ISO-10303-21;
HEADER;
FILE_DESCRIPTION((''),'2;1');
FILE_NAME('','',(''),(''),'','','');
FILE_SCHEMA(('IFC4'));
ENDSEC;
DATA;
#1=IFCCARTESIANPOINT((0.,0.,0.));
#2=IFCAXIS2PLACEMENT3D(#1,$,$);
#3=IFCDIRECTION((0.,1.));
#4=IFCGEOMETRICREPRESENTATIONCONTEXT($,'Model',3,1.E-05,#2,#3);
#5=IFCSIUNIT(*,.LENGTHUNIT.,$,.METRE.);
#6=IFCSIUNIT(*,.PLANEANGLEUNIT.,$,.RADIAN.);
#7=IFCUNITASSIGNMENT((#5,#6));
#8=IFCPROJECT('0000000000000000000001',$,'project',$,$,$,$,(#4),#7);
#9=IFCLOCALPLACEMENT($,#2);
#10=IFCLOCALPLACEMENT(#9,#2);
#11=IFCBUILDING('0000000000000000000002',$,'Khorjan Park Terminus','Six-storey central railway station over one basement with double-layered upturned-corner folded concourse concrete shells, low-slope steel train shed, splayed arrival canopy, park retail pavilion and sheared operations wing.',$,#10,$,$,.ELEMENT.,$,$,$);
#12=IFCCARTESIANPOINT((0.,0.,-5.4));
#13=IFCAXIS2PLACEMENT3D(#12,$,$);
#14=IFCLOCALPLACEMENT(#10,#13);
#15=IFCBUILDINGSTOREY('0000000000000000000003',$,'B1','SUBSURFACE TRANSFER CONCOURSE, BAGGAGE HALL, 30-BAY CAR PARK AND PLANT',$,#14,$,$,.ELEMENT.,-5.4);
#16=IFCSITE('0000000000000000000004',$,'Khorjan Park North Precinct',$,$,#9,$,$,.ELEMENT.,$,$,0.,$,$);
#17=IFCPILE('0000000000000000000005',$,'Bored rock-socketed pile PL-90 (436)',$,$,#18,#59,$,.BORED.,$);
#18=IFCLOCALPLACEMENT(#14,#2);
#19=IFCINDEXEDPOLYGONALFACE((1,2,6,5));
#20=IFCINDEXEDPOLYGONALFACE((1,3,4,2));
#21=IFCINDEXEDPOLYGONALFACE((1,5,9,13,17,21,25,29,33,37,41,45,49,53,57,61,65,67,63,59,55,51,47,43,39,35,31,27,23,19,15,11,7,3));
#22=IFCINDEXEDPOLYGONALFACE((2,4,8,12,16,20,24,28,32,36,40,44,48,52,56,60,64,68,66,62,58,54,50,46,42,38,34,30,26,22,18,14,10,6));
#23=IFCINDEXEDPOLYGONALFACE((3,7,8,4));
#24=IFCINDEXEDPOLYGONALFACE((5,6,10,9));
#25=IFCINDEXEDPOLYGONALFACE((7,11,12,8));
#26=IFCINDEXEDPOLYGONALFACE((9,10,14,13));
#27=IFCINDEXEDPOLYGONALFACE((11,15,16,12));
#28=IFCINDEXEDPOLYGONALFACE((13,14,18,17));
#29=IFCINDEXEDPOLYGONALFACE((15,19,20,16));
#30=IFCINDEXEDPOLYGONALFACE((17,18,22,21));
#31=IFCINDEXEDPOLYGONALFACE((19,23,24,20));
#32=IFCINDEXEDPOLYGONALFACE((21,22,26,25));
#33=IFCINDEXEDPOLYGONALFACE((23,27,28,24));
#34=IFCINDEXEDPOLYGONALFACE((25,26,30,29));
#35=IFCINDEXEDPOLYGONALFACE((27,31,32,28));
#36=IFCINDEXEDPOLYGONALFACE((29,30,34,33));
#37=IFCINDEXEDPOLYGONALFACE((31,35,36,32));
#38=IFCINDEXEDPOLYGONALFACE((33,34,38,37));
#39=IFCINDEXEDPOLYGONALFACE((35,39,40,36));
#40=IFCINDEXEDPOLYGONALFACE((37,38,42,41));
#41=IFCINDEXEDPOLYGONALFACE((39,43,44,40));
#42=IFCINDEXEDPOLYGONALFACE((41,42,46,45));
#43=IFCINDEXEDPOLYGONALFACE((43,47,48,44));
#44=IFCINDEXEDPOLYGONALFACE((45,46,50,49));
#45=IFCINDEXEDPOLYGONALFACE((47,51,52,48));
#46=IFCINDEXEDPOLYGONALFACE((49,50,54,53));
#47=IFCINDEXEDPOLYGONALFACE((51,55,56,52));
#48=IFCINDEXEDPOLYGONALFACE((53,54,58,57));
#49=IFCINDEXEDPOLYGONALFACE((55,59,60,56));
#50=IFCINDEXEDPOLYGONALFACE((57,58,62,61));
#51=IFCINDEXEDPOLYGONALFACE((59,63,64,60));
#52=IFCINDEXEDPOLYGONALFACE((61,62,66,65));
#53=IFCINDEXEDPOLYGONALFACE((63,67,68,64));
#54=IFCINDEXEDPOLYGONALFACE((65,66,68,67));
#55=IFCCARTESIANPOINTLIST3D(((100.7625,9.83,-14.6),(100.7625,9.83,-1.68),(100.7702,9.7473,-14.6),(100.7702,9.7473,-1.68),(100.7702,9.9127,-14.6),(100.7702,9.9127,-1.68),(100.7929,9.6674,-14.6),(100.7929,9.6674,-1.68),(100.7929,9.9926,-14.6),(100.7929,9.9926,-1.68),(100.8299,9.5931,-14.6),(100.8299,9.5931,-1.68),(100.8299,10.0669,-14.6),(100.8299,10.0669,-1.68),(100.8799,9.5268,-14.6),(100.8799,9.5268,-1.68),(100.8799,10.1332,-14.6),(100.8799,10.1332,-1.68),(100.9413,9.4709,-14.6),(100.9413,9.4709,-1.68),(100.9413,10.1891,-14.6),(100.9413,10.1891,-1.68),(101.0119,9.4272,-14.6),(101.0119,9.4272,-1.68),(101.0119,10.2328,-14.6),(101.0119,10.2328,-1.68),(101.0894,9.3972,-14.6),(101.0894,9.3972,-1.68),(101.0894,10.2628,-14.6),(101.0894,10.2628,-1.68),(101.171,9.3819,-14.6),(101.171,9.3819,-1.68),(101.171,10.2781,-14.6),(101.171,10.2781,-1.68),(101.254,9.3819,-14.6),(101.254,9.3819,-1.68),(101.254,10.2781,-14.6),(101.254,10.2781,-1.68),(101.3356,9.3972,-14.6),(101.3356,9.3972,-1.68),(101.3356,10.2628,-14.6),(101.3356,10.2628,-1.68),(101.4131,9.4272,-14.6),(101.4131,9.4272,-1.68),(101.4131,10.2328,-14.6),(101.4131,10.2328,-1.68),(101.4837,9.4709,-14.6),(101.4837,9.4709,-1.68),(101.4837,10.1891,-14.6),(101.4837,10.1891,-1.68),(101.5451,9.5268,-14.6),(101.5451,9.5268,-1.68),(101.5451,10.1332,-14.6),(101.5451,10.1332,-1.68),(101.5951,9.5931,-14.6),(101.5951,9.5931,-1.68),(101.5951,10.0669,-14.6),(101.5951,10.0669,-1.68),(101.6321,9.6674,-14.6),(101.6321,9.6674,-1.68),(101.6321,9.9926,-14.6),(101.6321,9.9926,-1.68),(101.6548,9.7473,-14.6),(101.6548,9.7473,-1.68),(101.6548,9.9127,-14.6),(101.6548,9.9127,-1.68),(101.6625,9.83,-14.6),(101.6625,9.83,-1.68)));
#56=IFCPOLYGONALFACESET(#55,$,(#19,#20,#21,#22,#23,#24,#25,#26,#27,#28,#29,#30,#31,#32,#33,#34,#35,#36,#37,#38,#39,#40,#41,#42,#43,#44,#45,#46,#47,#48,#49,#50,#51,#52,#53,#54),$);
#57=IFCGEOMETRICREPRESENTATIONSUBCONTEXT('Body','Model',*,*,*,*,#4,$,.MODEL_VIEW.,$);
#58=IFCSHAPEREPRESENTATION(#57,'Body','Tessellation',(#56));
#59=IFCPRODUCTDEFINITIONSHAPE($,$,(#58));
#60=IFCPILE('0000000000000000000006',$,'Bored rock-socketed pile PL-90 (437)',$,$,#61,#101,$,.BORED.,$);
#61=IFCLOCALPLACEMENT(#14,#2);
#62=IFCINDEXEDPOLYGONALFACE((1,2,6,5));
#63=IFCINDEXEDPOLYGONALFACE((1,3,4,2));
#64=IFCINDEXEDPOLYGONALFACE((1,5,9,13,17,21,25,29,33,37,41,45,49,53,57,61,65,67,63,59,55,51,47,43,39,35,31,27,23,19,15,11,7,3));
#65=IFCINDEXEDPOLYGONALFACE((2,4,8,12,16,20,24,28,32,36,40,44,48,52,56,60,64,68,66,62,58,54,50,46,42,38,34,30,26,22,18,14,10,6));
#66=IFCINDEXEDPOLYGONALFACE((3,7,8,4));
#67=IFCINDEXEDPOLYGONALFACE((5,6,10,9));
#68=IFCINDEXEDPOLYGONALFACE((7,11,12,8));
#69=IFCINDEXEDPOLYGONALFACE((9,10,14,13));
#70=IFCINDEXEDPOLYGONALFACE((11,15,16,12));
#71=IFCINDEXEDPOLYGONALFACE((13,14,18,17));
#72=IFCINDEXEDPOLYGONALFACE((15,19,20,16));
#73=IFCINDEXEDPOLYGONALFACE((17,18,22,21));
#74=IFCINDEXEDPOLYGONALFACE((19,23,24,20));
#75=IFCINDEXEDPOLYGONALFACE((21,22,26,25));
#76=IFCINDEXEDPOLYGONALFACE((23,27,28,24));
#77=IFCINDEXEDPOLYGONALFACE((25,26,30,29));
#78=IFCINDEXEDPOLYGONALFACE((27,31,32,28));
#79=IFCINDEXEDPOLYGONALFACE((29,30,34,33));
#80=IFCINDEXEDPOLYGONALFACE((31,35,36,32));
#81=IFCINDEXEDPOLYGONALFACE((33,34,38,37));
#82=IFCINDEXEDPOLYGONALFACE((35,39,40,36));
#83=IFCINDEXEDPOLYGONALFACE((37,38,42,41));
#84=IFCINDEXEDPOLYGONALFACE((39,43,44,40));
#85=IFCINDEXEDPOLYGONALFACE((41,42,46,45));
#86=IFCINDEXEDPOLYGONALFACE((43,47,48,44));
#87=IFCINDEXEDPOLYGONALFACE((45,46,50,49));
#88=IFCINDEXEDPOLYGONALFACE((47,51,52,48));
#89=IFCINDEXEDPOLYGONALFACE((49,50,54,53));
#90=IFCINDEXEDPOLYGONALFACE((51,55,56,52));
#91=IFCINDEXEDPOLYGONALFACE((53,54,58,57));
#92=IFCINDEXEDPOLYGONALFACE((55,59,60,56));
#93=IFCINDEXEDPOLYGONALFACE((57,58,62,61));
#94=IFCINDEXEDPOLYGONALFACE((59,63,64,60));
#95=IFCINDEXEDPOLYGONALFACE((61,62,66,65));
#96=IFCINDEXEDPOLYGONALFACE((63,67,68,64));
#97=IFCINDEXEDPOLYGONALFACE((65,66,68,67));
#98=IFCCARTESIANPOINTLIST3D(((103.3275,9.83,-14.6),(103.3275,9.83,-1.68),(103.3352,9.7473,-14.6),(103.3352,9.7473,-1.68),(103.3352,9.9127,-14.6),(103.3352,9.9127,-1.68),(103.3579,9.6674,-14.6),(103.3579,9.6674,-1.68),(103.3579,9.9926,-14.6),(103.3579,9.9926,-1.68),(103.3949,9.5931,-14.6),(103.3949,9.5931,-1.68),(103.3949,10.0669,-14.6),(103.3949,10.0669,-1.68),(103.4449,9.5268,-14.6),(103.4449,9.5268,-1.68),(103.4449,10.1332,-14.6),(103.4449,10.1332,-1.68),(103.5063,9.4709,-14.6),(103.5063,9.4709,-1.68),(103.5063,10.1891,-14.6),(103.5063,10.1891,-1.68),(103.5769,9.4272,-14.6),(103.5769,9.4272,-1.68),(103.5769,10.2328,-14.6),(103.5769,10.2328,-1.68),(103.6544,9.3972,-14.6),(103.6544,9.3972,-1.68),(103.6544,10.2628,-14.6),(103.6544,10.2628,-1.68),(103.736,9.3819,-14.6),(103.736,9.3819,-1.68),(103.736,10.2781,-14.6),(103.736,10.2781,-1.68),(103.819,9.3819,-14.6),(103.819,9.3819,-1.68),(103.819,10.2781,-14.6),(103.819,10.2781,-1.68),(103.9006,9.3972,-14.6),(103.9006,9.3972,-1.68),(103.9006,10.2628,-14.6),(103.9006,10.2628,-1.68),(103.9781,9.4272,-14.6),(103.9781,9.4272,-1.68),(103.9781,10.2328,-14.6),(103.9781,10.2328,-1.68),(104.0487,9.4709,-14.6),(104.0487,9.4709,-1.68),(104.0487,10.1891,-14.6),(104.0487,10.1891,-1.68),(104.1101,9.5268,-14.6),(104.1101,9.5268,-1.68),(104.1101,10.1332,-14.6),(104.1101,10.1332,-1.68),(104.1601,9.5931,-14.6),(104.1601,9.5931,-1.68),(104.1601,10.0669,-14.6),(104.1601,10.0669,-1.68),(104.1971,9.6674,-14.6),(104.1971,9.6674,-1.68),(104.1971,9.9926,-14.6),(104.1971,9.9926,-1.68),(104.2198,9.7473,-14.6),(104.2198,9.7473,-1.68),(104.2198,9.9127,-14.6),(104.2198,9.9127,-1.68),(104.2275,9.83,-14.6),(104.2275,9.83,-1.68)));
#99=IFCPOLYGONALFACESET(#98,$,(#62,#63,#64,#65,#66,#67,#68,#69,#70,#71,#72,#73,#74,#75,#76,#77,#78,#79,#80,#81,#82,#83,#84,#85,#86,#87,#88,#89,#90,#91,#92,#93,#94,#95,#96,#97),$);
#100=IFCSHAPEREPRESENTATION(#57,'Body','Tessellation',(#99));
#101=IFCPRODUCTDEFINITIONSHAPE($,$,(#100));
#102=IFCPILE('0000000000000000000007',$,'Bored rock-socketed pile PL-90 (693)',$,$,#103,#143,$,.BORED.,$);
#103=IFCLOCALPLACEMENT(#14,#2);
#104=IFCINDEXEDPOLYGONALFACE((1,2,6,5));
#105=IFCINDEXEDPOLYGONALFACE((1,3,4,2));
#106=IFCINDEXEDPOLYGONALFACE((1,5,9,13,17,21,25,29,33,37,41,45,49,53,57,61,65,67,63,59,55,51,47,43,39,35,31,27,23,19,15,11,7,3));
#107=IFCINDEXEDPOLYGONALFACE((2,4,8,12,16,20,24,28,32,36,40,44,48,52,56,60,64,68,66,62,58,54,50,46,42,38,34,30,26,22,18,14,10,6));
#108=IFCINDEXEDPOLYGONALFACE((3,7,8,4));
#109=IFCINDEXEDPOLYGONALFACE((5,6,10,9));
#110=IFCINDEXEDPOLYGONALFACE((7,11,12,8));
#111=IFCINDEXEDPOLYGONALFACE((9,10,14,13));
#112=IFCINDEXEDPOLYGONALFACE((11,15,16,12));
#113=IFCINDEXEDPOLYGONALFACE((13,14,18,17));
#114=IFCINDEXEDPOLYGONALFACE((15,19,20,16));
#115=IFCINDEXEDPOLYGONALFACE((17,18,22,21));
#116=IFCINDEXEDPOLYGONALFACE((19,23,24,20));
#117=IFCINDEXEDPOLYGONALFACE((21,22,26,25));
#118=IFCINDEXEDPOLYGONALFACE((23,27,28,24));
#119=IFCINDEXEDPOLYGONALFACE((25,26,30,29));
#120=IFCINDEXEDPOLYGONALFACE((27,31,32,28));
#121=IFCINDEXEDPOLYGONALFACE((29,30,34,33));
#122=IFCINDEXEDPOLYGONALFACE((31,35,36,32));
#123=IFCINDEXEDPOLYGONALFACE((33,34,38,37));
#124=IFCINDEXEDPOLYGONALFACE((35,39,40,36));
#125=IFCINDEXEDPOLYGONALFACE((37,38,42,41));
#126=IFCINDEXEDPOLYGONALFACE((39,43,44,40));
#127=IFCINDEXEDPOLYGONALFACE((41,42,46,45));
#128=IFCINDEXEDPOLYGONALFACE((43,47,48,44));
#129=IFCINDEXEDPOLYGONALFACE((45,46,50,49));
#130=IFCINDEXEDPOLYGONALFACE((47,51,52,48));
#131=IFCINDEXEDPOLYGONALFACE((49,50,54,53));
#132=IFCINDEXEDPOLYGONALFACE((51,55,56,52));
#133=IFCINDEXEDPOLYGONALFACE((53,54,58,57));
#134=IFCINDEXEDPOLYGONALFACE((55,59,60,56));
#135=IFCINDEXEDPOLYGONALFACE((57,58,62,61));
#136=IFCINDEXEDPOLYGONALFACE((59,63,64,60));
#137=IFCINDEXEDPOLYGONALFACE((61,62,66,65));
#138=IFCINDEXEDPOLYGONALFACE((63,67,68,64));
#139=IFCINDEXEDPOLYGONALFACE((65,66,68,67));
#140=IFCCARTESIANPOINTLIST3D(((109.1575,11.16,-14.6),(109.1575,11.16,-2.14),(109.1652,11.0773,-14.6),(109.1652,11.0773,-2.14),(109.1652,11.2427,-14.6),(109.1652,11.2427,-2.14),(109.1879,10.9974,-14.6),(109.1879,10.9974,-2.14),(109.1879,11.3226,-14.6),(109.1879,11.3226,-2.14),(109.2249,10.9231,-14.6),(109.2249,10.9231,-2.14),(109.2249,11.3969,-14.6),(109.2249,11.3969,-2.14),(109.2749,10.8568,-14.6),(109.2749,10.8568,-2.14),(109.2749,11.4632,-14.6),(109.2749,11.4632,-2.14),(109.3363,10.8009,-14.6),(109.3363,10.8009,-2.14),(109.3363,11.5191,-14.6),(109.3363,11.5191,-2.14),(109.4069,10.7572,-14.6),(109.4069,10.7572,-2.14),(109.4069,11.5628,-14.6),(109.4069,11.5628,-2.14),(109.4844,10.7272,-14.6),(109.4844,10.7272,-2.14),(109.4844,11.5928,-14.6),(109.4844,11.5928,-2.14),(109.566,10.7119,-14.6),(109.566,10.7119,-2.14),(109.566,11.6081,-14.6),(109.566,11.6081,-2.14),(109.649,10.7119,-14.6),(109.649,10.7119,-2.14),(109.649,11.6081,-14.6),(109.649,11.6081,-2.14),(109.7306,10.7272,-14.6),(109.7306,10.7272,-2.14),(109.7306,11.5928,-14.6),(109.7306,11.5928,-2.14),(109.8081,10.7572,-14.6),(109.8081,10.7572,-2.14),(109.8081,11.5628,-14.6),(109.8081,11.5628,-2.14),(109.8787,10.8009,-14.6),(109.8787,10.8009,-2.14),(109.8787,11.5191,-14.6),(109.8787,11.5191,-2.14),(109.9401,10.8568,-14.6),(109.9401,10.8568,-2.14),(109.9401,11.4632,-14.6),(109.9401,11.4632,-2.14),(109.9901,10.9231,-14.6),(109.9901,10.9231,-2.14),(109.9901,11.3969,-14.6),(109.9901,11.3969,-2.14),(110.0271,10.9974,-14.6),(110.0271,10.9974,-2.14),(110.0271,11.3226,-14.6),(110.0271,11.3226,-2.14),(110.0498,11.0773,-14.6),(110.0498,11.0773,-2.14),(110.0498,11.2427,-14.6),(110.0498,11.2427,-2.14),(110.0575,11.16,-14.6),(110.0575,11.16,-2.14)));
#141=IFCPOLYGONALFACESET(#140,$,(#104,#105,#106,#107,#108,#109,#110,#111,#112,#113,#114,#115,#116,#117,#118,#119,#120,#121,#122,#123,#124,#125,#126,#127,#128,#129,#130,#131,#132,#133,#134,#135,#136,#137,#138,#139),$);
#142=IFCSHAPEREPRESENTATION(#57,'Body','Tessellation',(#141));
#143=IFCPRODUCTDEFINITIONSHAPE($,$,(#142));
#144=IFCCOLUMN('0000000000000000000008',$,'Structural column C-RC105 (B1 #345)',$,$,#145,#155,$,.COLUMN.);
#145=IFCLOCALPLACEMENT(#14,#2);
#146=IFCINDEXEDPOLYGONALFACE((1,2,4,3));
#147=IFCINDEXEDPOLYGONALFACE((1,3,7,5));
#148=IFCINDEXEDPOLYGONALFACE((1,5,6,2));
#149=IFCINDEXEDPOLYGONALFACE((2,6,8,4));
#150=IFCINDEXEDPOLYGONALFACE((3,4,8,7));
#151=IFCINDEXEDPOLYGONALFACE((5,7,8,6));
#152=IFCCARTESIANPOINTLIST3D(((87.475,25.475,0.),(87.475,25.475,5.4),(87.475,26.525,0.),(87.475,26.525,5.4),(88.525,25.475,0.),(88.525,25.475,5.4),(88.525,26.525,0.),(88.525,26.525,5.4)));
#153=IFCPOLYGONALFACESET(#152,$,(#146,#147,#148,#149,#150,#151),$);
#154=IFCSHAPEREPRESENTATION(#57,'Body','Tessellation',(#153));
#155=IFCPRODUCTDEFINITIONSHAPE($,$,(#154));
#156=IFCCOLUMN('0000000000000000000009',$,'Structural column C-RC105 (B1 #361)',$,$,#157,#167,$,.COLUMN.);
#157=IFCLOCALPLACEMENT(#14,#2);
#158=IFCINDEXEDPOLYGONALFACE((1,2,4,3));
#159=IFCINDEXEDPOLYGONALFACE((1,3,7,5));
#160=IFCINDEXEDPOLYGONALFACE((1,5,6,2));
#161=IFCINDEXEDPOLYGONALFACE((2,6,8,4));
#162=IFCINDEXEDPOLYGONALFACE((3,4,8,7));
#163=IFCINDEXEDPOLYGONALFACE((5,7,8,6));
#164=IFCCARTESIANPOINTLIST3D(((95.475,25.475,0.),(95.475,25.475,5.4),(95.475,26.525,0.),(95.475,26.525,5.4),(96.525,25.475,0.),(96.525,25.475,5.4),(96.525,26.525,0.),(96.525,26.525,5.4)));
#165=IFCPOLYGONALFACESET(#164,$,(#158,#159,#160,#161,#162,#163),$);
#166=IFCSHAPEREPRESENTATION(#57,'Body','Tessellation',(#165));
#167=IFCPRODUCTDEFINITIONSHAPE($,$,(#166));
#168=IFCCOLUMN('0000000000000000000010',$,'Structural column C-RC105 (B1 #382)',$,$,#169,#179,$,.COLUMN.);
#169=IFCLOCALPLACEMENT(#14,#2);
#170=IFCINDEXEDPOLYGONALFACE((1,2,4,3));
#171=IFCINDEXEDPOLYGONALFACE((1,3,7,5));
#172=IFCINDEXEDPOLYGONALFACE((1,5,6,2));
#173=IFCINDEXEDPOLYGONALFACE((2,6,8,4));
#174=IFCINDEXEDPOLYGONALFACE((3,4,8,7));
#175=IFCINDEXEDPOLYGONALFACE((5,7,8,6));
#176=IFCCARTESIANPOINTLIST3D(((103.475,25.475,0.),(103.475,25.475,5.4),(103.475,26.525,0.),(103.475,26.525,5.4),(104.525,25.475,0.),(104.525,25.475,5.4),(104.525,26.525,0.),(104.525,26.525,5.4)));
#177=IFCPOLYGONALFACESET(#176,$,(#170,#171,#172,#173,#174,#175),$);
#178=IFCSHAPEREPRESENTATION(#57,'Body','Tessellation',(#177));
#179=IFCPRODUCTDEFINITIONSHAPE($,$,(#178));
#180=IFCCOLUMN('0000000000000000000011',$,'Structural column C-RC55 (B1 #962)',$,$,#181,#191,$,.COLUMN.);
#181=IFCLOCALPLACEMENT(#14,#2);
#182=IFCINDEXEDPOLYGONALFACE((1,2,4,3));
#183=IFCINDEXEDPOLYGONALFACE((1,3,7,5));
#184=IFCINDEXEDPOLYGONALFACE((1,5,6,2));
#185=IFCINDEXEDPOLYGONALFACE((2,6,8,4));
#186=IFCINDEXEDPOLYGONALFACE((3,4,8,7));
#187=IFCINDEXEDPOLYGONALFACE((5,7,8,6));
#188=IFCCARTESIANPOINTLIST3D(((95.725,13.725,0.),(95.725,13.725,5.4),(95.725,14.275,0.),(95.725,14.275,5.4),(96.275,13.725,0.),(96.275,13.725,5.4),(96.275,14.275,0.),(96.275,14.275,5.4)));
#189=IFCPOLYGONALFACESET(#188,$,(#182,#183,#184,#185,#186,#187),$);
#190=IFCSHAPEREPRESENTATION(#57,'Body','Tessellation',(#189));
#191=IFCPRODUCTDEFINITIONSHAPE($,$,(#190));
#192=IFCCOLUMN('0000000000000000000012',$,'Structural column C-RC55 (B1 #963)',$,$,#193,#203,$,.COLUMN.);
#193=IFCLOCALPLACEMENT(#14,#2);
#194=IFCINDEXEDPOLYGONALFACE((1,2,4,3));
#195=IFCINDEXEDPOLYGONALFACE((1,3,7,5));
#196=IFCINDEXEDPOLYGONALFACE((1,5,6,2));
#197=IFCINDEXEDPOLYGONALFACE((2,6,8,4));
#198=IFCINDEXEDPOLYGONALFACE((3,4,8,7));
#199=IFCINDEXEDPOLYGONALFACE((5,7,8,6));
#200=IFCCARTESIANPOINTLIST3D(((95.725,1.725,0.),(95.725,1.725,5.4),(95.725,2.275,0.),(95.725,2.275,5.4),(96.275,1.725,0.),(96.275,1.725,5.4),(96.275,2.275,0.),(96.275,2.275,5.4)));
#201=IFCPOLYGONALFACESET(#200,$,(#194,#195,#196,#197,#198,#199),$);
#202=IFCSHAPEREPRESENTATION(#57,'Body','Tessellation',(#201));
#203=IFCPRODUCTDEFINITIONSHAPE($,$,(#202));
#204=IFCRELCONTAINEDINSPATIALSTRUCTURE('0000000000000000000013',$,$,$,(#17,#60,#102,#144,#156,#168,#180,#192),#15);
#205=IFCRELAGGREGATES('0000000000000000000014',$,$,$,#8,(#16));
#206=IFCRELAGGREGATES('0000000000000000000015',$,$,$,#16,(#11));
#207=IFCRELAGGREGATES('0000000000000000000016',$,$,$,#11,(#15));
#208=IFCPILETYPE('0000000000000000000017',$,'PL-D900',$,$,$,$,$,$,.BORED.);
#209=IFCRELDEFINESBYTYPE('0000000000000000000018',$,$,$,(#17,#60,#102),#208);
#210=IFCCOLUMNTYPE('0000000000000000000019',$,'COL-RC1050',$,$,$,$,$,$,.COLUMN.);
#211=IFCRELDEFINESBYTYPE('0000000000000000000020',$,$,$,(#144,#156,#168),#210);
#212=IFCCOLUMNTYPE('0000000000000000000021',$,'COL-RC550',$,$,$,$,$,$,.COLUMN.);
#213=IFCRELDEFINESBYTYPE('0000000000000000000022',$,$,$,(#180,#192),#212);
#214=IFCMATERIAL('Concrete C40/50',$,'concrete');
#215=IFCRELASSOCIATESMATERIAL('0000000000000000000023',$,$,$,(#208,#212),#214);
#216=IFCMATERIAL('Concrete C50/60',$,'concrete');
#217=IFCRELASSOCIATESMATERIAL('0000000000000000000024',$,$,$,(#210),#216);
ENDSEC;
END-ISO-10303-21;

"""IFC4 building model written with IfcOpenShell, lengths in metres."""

from ifc_helpers import new_model, si_unit, direction, frame, origin, origin_2d, place, context, subcontext, project, spatial, rectangle, circle, extrude, material, material_profile, profile_set, type_object, element, save


model = new_model("IFC4")

# Units and contexts
model_context = context("Model", 3, precision=1e-05, world=origin(), true_north=direction((0.0, 1.0)))
body_context = subcontext(model_context, "Body", "Model", "MODEL_VIEW")
ifc_project = project(units=[si_unit("LENGTHUNIT", "METRE"), si_unit("PLANEANGLEUNIT", "RADIAN")], contexts=[model_context])

# Site, building, storey
site_placement = place(None, origin())
site = spatial("IfcSite", under=ifc_project, at=site_placement, Name="Khorjan Park North Precinct", CompositionType="ELEMENT", RefElevation=0.0)
building_placement = place(site_placement, origin())
building = spatial("IfcBuilding", under=site, at=building_placement, Name="Khorjan Park Terminus", Description="Six-storey central railway station over one basement with double-layered upturned-corner folded concourse concrete shells, low-slope steel train shed, splayed arrival canopy, park retail pavilion and sheared operations wing.", CompositionType="ELEMENT")
storey_placement = place(building_placement, frame((0.0, 0.0, -5.4)))
storey = spatial("IfcBuildingStorey", under=building, at=storey_placement, Name="B1", Description="SUBSURFACE TRANSFER CONCOURSE, BAGGAGE HALL, 30-BAY CAR PARK AND PLANT", CompositionType="ELEMENT", Elevation=-5.4)

# Shared definitions
ifc_material_1 = material(Name="Concrete C40/50", Category="concrete")

# Piles
ifc_material_profile_1 = material_profile(ifc_material_1, circle(Radius=0.45, at=origin_2d()), Name="BORED D900")
ifc_profile_set_1 = profile_set([ifc_material_profile_1], Name="Concrete C40/50")
pile_type_1 = type_object("IfcPileType", Name="PL-D900", PredefinedType="BORED", material=ifc_profile_set_1)
for number, where, z_axis, x_axis, name in (
    (1, (101.2125, 9.83, -1.68), (0.0, 0.0, -1.0), (1.0, 0.0, 0.0), "Bored rock-socketed pile PL-90 (436)"),
    (2, (103.7775, 9.83, -1.68), (0.0, 0.0, -1.0), (1.0, 0.0, 0.0), "Bored rock-socketed pile PL-90 (437)"),
):
    element("IfcPile", number, at=place(storey_placement, frame(where, z_axis=z_axis, x_axis=x_axis)), inside=storey, type_object=pile_type_1, Name=name, PredefinedType="BORED", context=body_context, shape_type="SweptSolid", body=[
        extrude(circle(Radius=0.45, at=origin_2d()), origin(), (0.0, 0.0, 1.0), 12.92),
    ])
pile_1_placement = place(storey_placement, frame((109.6075, 11.16, -2.14), z_axis=(0.0, 0.0, -1.0), x_axis=(1.0, 0.0, 0.0)))
element("IfcPile", 3, at=pile_1_placement, inside=storey, type_object=pile_type_1, Name="Bored rock-socketed pile PL-90 (693)", PredefinedType="BORED", context=body_context, shape_type="SweptSolid", body=[
    extrude(circle(Radius=0.45, at=origin_2d()), origin(), (0.0, 0.0, 1.0), 12.46),
])

# Columns
ifc_material_2 = material(Name="Concrete C50/60", Category="concrete")
ifc_material_profile_2 = material_profile(ifc_material_2, rectangle(XDim=1.05, YDim=1.05, at=origin_2d()), Name="RC 1050x1050")
ifc_profile_set_2 = profile_set([ifc_material_profile_2], Name="Concrete C50/60")
column_type_1 = type_object("IfcColumnType", Name="COL-RC1050", PredefinedType="COLUMN", material=ifc_profile_set_2)
for number, where, z_axis, x_axis, name in (
    (4, (88.0, 26.0, 0.0), (0.0, 0.0, 1.0), (1.0, 0.0, 0.0), "Structural column C-RC105 (B1 #345)"),
    (5, (96.0, 26.0, 0.0), (0.0, 0.0, 1.0), (1.0, 0.0, 0.0), "Structural column C-RC105 (B1 #361)"),
    (6, (104.0, 26.0, 0.0), (0.0, 0.0, 1.0), (1.0, 0.0, 0.0), "Structural column C-RC105 (B1 #382)"),
):
    element("IfcColumn", number, at=place(storey_placement, frame(where, z_axis=z_axis, x_axis=x_axis)), inside=storey, type_object=column_type_1, Name=name, PredefinedType="COLUMN", context=body_context, shape_type="SweptSolid", body=[
        extrude(rectangle(XDim=1.05, YDim=1.05, at=origin_2d()), origin(), (0.0, 0.0, 1.0), 5.4),
    ])
ifc_material_profile_3 = material_profile(ifc_material_1, rectangle(XDim=0.55, YDim=0.55, at=origin_2d()), Name="RC 550x550")
ifc_profile_set_3 = profile_set([ifc_material_profile_3], Name="Concrete C40/50")
column_type_2 = type_object("IfcColumnType", Name="COL-RC550", PredefinedType="COLUMN", material=ifc_profile_set_3)
for number, where, z_axis, x_axis, name in (
    (7, (96.0, 14.0, 0.0), (0.0, 0.0, 1.0), (1.0, 0.0, 0.0), "Structural column C-RC55 (B1 #962)"),
    (8, (96.0, 2.0, 0.0), (0.0, 0.0, 1.0), (1.0, 0.0, 0.0), "Structural column C-RC55 (B1 #963)"),
):
    element("IfcColumn", number, at=place(storey_placement, frame(where, z_axis=z_axis, x_axis=x_axis)), inside=storey, type_object=column_type_2, Name=name, PredefinedType="COLUMN", context=body_context, shape_type="SweptSolid", body=[
        extrude(rectangle(XDim=0.55, YDim=0.55, at=origin_2d()), origin(), (0.0, 0.0, 1.0), 5.4),
    ])

save(model, "model.ifc")
